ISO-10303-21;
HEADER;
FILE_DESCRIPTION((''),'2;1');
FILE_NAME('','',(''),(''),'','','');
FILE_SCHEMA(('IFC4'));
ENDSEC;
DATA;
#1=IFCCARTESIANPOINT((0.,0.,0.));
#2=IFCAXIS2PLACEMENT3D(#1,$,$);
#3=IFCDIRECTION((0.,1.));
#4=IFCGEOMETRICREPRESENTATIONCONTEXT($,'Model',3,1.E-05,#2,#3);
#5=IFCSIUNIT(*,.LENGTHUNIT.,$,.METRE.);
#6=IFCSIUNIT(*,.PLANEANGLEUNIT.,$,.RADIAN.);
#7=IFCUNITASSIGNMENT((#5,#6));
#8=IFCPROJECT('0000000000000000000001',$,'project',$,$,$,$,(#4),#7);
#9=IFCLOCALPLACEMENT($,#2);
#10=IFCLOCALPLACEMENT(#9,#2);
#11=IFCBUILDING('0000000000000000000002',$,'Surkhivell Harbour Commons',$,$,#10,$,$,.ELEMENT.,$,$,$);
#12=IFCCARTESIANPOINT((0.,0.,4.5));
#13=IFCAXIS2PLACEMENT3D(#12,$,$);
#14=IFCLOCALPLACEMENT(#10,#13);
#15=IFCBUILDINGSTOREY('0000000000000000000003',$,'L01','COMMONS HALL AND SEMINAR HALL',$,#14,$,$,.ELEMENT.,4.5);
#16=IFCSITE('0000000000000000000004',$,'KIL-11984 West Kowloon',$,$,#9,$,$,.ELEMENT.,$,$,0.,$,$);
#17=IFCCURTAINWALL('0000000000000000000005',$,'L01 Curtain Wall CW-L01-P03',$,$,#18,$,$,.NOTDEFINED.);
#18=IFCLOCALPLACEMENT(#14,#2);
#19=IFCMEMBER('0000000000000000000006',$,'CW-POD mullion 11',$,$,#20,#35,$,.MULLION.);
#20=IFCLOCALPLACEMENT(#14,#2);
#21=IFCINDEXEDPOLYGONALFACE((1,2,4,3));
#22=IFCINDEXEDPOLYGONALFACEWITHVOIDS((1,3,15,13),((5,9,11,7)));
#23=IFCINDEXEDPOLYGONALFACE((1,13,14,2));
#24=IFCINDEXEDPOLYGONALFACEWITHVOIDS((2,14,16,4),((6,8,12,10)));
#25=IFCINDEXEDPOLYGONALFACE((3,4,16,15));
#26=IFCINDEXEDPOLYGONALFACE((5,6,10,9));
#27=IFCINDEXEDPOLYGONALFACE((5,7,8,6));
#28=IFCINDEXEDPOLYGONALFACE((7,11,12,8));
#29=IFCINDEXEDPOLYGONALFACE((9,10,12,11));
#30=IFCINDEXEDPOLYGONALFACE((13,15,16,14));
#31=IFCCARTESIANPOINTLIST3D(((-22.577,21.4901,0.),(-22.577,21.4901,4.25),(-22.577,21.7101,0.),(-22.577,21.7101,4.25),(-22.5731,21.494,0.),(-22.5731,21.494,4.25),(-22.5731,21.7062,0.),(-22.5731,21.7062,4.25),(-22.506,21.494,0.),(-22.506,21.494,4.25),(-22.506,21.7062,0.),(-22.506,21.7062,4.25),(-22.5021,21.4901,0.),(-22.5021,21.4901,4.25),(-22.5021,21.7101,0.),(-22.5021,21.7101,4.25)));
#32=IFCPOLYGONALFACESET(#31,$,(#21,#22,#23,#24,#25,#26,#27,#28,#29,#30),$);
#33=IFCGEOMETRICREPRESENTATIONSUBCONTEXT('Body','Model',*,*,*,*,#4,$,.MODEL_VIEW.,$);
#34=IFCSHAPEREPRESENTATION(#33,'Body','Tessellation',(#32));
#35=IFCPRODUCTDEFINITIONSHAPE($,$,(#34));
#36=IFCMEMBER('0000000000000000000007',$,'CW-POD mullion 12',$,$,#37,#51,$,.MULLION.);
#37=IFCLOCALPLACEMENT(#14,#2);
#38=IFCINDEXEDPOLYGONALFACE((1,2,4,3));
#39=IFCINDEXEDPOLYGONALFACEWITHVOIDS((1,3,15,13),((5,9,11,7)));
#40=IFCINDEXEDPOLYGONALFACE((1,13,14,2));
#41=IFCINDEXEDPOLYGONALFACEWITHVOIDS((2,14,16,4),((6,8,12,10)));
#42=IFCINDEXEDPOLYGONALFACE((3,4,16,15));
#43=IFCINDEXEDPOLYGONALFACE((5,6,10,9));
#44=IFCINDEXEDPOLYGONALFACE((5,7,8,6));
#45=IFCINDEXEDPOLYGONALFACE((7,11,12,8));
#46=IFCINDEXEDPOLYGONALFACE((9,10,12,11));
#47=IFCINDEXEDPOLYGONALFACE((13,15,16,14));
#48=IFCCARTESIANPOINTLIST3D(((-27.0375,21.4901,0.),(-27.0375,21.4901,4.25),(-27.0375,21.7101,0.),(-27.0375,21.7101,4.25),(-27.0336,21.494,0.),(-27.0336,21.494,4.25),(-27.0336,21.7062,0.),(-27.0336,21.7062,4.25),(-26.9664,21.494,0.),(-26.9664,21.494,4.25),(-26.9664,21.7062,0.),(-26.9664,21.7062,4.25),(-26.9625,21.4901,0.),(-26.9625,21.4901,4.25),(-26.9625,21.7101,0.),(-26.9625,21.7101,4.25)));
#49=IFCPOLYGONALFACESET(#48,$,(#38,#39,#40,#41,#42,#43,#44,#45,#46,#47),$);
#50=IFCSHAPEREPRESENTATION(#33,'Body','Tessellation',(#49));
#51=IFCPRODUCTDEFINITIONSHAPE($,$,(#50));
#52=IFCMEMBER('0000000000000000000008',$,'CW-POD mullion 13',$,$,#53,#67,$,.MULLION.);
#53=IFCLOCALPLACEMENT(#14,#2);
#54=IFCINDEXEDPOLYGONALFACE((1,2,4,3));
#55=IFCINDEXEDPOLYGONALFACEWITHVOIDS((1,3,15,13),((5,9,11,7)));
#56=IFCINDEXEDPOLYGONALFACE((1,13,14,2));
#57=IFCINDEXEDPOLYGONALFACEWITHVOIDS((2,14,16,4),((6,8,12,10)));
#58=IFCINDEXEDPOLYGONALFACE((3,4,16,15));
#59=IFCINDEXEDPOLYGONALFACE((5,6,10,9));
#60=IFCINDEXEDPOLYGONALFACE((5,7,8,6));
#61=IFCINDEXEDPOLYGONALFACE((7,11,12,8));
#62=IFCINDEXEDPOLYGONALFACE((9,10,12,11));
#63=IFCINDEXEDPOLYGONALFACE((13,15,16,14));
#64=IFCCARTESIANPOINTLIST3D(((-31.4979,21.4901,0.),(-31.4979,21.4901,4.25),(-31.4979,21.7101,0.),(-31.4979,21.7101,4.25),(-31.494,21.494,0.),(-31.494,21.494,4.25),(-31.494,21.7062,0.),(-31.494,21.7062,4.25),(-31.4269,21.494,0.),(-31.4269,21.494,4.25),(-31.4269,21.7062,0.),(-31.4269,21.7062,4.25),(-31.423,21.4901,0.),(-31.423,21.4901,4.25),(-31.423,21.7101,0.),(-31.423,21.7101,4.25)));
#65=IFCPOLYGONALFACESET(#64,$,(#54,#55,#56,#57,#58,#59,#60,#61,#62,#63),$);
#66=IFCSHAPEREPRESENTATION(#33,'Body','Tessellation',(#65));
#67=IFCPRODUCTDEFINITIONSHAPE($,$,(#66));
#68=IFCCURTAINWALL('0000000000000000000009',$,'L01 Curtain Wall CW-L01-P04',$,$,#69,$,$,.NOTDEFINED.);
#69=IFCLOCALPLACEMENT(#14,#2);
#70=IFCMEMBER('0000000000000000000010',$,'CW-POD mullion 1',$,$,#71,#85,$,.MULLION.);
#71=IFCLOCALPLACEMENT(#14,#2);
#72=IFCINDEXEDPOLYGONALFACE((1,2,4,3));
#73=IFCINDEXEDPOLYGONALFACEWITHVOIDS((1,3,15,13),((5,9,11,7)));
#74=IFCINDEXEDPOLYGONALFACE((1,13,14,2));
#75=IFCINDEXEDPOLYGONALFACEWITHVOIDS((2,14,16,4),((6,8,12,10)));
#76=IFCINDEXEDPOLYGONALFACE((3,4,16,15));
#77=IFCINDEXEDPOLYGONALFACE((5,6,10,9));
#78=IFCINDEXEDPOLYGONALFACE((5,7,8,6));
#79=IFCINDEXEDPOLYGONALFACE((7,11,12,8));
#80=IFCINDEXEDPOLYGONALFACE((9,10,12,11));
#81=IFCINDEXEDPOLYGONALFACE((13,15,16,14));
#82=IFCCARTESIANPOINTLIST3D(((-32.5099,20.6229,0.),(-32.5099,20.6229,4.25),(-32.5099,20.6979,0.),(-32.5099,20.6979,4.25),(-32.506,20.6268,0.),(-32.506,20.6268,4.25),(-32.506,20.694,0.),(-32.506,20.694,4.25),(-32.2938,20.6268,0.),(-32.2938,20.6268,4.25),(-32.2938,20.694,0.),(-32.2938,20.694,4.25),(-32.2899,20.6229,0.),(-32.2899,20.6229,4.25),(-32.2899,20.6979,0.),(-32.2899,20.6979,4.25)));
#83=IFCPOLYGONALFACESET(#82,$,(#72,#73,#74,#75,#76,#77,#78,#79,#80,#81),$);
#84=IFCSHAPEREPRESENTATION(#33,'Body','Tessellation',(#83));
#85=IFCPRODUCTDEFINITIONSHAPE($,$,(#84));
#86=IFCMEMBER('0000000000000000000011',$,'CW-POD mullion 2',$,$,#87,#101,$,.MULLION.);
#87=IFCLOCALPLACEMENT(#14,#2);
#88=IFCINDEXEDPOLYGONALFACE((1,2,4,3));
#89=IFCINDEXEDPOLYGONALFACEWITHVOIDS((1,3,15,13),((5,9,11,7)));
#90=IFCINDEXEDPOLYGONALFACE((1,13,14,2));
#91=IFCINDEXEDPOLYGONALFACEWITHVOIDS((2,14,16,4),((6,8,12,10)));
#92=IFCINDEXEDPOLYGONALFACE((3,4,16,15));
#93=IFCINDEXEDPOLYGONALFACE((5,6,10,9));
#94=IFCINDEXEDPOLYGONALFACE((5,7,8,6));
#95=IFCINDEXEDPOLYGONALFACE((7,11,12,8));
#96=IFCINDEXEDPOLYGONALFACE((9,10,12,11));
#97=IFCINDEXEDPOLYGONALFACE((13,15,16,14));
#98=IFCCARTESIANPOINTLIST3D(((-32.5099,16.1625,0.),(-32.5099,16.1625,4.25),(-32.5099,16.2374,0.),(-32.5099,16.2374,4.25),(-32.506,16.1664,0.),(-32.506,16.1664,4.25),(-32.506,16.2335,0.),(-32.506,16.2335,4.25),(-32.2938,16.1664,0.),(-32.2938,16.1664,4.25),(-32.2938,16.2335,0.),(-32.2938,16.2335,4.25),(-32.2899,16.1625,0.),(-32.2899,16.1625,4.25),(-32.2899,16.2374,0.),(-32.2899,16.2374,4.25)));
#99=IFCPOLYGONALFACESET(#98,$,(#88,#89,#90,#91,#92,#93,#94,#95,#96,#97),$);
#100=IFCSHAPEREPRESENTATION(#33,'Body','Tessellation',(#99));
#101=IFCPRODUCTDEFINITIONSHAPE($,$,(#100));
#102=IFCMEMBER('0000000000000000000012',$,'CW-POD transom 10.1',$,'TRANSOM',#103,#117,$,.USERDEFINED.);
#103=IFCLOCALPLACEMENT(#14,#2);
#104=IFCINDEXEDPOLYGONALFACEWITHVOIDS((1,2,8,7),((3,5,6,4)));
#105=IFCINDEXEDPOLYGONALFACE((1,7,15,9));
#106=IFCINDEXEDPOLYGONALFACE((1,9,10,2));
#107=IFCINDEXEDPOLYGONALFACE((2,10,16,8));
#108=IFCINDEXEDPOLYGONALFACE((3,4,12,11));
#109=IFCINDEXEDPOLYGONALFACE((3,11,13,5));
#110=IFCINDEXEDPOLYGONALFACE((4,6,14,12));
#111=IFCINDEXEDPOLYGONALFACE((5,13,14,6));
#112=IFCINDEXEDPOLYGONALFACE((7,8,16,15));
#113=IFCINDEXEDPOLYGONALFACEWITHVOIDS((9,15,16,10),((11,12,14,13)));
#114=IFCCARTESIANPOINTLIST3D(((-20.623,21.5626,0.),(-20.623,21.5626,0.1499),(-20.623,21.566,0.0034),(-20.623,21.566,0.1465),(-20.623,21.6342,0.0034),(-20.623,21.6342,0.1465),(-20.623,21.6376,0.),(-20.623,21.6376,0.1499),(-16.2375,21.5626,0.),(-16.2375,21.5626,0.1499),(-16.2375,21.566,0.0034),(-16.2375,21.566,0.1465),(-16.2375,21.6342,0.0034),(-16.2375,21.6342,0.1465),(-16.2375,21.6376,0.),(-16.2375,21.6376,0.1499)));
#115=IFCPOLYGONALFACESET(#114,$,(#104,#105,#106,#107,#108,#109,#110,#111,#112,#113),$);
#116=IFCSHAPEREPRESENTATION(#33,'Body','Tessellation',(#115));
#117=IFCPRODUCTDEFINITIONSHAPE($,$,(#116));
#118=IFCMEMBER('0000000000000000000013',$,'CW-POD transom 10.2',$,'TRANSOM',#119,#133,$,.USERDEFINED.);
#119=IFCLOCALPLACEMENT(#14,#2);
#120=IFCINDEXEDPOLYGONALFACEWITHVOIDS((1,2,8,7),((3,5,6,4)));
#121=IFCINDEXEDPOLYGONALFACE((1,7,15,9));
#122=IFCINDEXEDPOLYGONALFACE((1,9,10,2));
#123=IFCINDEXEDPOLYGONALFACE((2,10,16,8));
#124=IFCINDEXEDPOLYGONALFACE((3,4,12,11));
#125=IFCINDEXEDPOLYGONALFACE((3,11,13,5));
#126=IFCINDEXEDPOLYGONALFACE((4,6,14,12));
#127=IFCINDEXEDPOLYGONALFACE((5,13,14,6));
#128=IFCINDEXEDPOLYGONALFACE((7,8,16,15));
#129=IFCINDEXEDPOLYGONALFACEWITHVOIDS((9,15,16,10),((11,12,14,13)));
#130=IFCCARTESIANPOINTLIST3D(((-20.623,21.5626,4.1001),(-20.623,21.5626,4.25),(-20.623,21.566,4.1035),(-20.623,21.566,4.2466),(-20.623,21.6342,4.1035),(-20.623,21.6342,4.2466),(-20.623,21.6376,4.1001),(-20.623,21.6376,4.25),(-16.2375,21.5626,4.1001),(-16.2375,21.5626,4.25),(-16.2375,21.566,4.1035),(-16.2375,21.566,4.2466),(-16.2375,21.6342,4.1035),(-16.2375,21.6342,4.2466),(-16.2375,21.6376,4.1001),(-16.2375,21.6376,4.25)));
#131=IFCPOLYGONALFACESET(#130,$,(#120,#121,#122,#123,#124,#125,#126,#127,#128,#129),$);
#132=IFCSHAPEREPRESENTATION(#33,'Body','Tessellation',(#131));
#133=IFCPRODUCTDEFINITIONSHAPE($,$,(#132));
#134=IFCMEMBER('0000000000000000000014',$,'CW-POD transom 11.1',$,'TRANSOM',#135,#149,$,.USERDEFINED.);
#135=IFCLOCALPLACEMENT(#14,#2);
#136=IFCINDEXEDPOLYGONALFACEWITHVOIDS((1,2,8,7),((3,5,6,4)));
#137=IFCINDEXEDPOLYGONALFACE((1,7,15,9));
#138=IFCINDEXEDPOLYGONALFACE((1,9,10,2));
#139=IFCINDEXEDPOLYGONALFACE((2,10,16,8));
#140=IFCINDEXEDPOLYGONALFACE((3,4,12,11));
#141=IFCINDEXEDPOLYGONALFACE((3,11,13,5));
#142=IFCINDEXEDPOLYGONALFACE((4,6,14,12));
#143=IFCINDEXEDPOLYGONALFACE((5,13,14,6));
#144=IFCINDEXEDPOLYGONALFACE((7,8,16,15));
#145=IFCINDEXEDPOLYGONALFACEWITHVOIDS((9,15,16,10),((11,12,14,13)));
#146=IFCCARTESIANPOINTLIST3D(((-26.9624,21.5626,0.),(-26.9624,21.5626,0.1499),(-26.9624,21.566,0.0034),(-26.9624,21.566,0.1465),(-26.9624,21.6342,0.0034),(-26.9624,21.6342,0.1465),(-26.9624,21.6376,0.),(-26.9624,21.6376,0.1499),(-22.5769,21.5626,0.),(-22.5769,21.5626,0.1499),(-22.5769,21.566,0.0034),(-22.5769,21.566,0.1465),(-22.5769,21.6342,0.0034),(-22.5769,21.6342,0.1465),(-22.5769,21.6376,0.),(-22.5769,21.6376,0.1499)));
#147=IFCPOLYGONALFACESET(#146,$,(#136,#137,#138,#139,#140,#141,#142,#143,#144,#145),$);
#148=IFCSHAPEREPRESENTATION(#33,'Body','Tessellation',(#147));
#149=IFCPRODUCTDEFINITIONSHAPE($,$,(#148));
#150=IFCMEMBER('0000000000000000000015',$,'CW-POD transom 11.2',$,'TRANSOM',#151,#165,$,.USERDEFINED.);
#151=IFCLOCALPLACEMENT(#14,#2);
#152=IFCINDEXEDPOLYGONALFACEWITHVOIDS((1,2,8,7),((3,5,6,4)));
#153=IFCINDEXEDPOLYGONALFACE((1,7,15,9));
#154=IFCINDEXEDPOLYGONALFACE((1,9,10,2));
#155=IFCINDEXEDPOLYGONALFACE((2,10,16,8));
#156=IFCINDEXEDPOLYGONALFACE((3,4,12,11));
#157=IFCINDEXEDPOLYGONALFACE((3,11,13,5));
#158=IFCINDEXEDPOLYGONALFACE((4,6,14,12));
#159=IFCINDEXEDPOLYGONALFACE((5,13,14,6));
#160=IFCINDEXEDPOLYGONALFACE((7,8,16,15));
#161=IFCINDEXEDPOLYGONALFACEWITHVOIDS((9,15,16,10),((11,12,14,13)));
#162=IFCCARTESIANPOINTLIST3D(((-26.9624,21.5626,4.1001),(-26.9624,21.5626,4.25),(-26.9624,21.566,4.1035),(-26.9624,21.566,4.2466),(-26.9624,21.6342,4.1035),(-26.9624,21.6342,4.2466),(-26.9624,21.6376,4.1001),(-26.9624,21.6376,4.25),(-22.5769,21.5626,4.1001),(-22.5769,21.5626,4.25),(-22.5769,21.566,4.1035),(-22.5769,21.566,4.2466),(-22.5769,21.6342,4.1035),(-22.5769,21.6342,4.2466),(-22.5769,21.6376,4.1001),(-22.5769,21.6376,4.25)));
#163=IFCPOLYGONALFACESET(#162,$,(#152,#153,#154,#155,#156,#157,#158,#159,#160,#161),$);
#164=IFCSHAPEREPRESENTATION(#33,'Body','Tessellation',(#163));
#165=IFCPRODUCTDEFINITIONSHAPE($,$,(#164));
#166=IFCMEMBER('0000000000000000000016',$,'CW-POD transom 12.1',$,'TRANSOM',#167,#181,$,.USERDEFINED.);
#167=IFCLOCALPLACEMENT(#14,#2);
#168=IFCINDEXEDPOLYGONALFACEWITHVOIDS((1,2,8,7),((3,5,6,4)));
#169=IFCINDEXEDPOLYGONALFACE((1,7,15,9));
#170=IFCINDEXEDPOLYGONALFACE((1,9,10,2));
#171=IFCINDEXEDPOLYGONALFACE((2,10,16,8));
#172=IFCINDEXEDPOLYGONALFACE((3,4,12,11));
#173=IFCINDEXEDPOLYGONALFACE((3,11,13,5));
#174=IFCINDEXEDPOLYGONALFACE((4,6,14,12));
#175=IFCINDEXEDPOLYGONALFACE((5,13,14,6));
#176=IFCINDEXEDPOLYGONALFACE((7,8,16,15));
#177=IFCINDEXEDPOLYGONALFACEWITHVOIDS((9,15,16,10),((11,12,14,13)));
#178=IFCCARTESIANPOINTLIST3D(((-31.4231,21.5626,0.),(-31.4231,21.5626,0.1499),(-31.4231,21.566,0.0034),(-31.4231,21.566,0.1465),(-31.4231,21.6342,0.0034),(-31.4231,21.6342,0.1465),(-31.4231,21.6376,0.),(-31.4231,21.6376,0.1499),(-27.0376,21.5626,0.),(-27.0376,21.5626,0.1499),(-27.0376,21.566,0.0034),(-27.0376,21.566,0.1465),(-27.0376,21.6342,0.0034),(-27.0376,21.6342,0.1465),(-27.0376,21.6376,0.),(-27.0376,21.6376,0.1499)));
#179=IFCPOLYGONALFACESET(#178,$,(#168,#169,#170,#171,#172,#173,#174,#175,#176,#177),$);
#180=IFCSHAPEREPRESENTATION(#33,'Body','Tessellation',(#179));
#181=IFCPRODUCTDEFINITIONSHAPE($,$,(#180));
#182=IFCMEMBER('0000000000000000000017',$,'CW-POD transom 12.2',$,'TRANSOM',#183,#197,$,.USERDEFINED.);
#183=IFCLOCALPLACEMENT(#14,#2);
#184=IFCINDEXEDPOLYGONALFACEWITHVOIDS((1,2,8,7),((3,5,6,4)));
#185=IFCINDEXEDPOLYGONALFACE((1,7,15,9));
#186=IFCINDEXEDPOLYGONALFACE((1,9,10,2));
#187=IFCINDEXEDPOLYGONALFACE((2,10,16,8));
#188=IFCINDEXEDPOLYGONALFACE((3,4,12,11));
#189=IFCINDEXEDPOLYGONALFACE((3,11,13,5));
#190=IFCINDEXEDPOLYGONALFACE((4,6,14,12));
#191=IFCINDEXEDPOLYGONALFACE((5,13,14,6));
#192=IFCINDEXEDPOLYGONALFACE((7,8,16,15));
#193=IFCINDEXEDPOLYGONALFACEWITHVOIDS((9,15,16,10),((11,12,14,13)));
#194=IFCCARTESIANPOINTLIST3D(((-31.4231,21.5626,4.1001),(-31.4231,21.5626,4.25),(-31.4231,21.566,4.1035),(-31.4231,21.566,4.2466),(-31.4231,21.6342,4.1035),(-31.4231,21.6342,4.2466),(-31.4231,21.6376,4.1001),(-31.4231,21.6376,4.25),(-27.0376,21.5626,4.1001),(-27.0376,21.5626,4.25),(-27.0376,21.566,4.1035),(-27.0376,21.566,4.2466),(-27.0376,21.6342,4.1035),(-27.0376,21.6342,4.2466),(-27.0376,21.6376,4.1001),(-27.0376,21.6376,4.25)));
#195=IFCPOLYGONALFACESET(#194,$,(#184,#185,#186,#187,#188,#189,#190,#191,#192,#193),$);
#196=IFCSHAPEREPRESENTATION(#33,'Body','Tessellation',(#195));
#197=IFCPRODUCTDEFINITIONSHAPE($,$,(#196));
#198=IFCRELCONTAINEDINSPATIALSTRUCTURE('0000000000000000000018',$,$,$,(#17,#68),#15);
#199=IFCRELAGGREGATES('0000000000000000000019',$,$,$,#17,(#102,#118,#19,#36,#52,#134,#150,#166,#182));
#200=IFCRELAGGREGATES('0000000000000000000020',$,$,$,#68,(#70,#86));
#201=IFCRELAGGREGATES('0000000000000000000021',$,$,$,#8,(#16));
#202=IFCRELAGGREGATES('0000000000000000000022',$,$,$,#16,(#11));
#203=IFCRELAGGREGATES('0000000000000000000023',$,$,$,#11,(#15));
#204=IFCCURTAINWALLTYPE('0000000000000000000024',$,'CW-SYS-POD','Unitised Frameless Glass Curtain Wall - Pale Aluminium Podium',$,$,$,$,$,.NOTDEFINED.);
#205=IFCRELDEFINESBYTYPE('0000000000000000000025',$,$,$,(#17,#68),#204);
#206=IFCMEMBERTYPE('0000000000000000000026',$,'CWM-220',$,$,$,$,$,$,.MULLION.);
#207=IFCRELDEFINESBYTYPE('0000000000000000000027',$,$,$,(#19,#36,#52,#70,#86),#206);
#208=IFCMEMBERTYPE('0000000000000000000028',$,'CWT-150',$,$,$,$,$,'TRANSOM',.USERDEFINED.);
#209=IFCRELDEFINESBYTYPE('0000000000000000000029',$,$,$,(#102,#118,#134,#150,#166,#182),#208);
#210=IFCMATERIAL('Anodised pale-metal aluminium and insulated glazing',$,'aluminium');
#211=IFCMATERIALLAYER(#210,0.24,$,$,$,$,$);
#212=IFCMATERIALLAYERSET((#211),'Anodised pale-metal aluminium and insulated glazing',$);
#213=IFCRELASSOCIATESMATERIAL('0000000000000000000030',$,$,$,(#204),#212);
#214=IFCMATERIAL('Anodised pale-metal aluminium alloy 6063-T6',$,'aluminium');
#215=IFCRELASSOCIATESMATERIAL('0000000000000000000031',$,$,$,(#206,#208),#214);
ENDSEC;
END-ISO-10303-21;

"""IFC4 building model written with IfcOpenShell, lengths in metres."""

from ifc_helpers import new_model, si_unit, direction, frame, origin, origin_2d, place, context, subcontext, project, spatial, hollow_rectangle, extrude, material, layer, layer_set, material_profile, profile_set, type_object, element, aggregate, save


model = new_model("IFC4")

# Units and contexts
model_context = context("Model", 3, precision=1e-05, world=origin(), true_north=direction((0.0, 1.0)))
body_context = subcontext(model_context, "Body", "Model", "MODEL_VIEW")
ifc_project = project(units=[si_unit("LENGTHUNIT", "METRE"), si_unit("PLANEANGLEUNIT", "RADIAN")], contexts=[model_context])

# Site, building, storey
site_placement = place(None, origin())
site = spatial("IfcSite", under=ifc_project, at=site_placement, Name="KIL-11984 West Kowloon", CompositionType="ELEMENT", RefElevation=0.0)
building_placement = place(site_placement, origin())
building = spatial("IfcBuilding", under=site, at=building_placement, Name="Surkhivell Harbour Commons", CompositionType="ELEMENT")
storey_placement = place(building_placement, frame((0.0, 0.0, 4.5)))
storey = spatial("IfcBuildingStorey", under=building, at=storey_placement, Name="L01", Description="COMMONS HALL AND SEMINAR HALL", CompositionType="ELEMENT", Elevation=4.5)

# Curtain walls, members
ifc_material_1 = material(Name="Anodised pale-metal aluminium and insulated glazing", Category="aluminium")
ifc_layer_1 = layer(ifc_material_1, 0.24)
ifc_layer_set_1 = layer_set([ifc_layer_1], Name="Anodised pale-metal aluminium and insulated glazing")
curtain_wall_type = type_object("IfcCurtainWallType", Name="CW-SYS-POD", Description="Unitised Frameless Glass Curtain Wall - Pale Aluminium Podium", PredefinedType="NOTDEFINED", material=ifc_layer_set_1)
curtain_wall_1_placement = place(storey_placement, origin())
curtain_wall_1 = element("IfcCurtainWall", 1, at=curtain_wall_1_placement, inside=storey, type_object=curtain_wall_type, Name="L01 Curtain Wall CW-L01-P03", PredefinedType="NOTDEFINED")
ifc_material_2 = material(Name="Anodised pale-metal aluminium alloy 6063-T6", Category="aluminium")
ifc_material_profile_1 = material_profile(ifc_material_2, hollow_rectangle(XDim=0.075, YDim=0.22, WallThickness=0.0039, at=origin_2d()), Name="ALU-MULL-75x220")
ifc_profile_set_1 = profile_set([ifc_material_profile_1], Name="Anodised pale-metal aluminium alloy 6063-T6")
member_type_1 = type_object("IfcMemberType", Name="CWM-220", PredefinedType="MULLION", material=ifc_profile_set_1)
member_1_placement = place(storey_placement, frame((-22.5396, 21.6001, 0.0), z_axis=(0.0, 0.0, 1.0), x_axis=(-1.0, 0.0, 0.0)))
member_1 = element("IfcMember", 2, at=member_1_placement, type_object=member_type_1, Name="CW-POD mullion 11", PredefinedType="MULLION", context=body_context, shape_type="SweptSolid", body=[
    extrude(hollow_rectangle(XDim=0.075, YDim=0.22, WallThickness=0.0039, at=origin_2d()), origin(), (0.0, 0.0, 1.0), 4.25),
])
member_2_placement = place(storey_placement, frame((-27.0, 21.6001, 0.0), z_axis=(0.0, 0.0, 1.0), x_axis=(-1.0, 0.0, 0.0)))
member_2 = element("IfcMember", 3, at=member_2_placement, type_object=member_type_1, Name="CW-POD mullion 12", PredefinedType="MULLION", context=body_context, shape_type="SweptSolid", body=[
    extrude(hollow_rectangle(XDim=0.075, YDim=0.22, WallThickness=0.0039, at=origin_2d()), origin(), (0.0, 0.0, 1.0), 4.25),
])
member_3_placement = place(storey_placement, frame((-31.4604, 21.6001, 0.0), z_axis=(0.0, 0.0, 1.0), x_axis=(-1.0, 0.0, 0.0)))
member_3 = element("IfcMember", 4, at=member_3_placement, type_object=member_type_1, Name="CW-POD mullion 13", PredefinedType="MULLION", context=body_context, shape_type="SweptSolid", body=[
    extrude(hollow_rectangle(XDim=0.075, YDim=0.22, WallThickness=0.0039, at=origin_2d()), origin(), (0.0, 0.0, 1.0), 4.25),
])
curtain_wall_2_placement = place(storey_placement, origin())
curtain_wall_2 = element("IfcCurtainWall", 5, at=curtain_wall_2_placement, inside=storey, type_object=curtain_wall_type, Name="L01 Curtain Wall CW-L01-P04", PredefinedType="NOTDEFINED")
member_4_placement = place(storey_placement, frame((-32.3999, 20.6604, 0.0), z_axis=(0.0, 0.0, 1.0), x_axis=(0.0, -1.0, 0.0)))
member_4 = element("IfcMember", 6, at=member_4_placement, type_object=member_type_1, Name="CW-POD mullion 1", PredefinedType="MULLION", context=body_context, shape_type="SweptSolid", body=[
    extrude(hollow_rectangle(XDim=0.075, YDim=0.22, WallThickness=0.0039, at=origin_2d()), origin(), (0.0, 0.0, 1.0), 4.25),
])
member_5_placement = place(storey_placement, frame((-32.3999, 16.2, 0.0), z_axis=(0.0, 0.0, 1.0), x_axis=(0.0, -1.0, 0.0)))
member_5 = element("IfcMember", 7, at=member_5_placement, type_object=member_type_1, Name="CW-POD mullion 2", PredefinedType="MULLION", context=body_context, shape_type="SweptSolid", body=[
    extrude(hollow_rectangle(XDim=0.075, YDim=0.22, WallThickness=0.0039, at=origin_2d()), origin(), (0.0, 0.0, 1.0), 4.25),
])

# Members
ifc_material_profile_2 = material_profile(ifc_material_2, hollow_rectangle(XDim=0.075, YDim=0.1499, WallThickness=0.0034, at=origin_2d()), Name="ALU-TRAN-75x150")
ifc_profile_set_2 = profile_set([ifc_material_profile_2], Name="Anodised pale-metal aluminium alloy 6063-T6")
member_type_2 = type_object("IfcMemberType", Name="CWT-150", ElementType="TRANSOM", PredefinedType="USERDEFINED", material=ifc_profile_set_2)
member_6_placement = place(storey_placement, frame((-16.2375, 21.6001, 0.075), z_axis=(-1.0, 0.0, 0.0), x_axis=(0.0, -1.0, 0.0)))
member_6 = element("IfcMember", 8, at=member_6_placement, type_object=member_type_2, Name="CW-POD transom 10.1", ObjectType="TRANSOM", PredefinedType="USERDEFINED", context=body_context, shape_type="SweptSolid", body=[
    extrude(hollow_rectangle(XDim=0.075, YDim=0.1499, WallThickness=0.0034, at=origin_2d()), origin(), (0.0, 0.0, 1.0), 4.3855),
])
member_7_placement = place(storey_placement, frame((-16.2375, 21.6001, 4.175), z_axis=(-1.0, 0.0, 0.0), x_axis=(0.0, -1.0, 0.0)))
member_7 = element("IfcMember", 9, at=member_7_placement, type_object=member_type_2, Name="CW-POD transom 10.2", ObjectType="TRANSOM", PredefinedType="USERDEFINED", context=body_context, shape_type="SweptSolid", body=[
    extrude(hollow_rectangle(XDim=0.075, YDim=0.1499, WallThickness=0.0034, at=origin_2d()), origin(), (0.0, 0.0, 1.0), 4.3855),
])
member_8_placement = place(storey_placement, frame((-22.5769, 21.6001, 0.075), z_axis=(-1.0, 0.0, 0.0), x_axis=(0.0, -1.0, 0.0)))
member_8 = element("IfcMember", 10, at=member_8_placement, type_object=member_type_2, Name="CW-POD transom 11.1", ObjectType="TRANSOM", PredefinedType="USERDEFINED", context=body_context, shape_type="SweptSolid", body=[
    extrude(hollow_rectangle(XDim=0.075, YDim=0.1499, WallThickness=0.0034, at=origin_2d()), origin(), (0.0, 0.0, 1.0), 4.3855),
])
member_9_placement = place(storey_placement, frame((-22.5769, 21.6001, 4.175), z_axis=(-1.0, 0.0, 0.0), x_axis=(0.0, -1.0, 0.0)))
member_9 = element("IfcMember", 11, at=member_9_placement, type_object=member_type_2, Name="CW-POD transom 11.2", ObjectType="TRANSOM", PredefinedType="USERDEFINED", context=body_context, shape_type="SweptSolid", body=[
    extrude(hollow_rectangle(XDim=0.075, YDim=0.1499, WallThickness=0.0034, at=origin_2d()), origin(), (0.0, 0.0, 1.0), 4.3855),
])
member_10_placement = place(storey_placement, frame((-27.0376, 21.6001, 0.075), z_axis=(-1.0, 0.0, 0.0), x_axis=(0.0, -1.0, 0.0)))
member_10 = element("IfcMember", 12, at=member_10_placement, type_object=member_type_2, Name="CW-POD transom 12.1", ObjectType="TRANSOM", PredefinedType="USERDEFINED", context=body_context, shape_type="SweptSolid", body=[
    extrude(hollow_rectangle(XDim=0.075, YDim=0.1499, WallThickness=0.0034, at=origin_2d()), origin(), (0.0, 0.0, 1.0), 4.3855),
])
member_11_placement = place(storey_placement, frame((-27.0376, 21.6001, 4.175), z_axis=(-1.0, 0.0, 0.0), x_axis=(0.0, -1.0, 0.0)))
member_11 = element("IfcMember", 13, at=member_11_placement, type_object=member_type_2, Name="CW-POD transom 12.2", ObjectType="TRANSOM", PredefinedType="USERDEFINED", context=body_context, shape_type="SweptSolid", body=[
    extrude(hollow_rectangle(XDim=0.075, YDim=0.1499, WallThickness=0.0034, at=origin_2d()), origin(), (0.0, 0.0, 1.0), 4.3855),
])

aggregate(curtain_wall_1, [member_6, member_7, member_1, member_2, member_3, member_8, member_9, member_10, member_11])
aggregate(curtain_wall_2, [member_4, member_5])

save(model, "model.ifc")
